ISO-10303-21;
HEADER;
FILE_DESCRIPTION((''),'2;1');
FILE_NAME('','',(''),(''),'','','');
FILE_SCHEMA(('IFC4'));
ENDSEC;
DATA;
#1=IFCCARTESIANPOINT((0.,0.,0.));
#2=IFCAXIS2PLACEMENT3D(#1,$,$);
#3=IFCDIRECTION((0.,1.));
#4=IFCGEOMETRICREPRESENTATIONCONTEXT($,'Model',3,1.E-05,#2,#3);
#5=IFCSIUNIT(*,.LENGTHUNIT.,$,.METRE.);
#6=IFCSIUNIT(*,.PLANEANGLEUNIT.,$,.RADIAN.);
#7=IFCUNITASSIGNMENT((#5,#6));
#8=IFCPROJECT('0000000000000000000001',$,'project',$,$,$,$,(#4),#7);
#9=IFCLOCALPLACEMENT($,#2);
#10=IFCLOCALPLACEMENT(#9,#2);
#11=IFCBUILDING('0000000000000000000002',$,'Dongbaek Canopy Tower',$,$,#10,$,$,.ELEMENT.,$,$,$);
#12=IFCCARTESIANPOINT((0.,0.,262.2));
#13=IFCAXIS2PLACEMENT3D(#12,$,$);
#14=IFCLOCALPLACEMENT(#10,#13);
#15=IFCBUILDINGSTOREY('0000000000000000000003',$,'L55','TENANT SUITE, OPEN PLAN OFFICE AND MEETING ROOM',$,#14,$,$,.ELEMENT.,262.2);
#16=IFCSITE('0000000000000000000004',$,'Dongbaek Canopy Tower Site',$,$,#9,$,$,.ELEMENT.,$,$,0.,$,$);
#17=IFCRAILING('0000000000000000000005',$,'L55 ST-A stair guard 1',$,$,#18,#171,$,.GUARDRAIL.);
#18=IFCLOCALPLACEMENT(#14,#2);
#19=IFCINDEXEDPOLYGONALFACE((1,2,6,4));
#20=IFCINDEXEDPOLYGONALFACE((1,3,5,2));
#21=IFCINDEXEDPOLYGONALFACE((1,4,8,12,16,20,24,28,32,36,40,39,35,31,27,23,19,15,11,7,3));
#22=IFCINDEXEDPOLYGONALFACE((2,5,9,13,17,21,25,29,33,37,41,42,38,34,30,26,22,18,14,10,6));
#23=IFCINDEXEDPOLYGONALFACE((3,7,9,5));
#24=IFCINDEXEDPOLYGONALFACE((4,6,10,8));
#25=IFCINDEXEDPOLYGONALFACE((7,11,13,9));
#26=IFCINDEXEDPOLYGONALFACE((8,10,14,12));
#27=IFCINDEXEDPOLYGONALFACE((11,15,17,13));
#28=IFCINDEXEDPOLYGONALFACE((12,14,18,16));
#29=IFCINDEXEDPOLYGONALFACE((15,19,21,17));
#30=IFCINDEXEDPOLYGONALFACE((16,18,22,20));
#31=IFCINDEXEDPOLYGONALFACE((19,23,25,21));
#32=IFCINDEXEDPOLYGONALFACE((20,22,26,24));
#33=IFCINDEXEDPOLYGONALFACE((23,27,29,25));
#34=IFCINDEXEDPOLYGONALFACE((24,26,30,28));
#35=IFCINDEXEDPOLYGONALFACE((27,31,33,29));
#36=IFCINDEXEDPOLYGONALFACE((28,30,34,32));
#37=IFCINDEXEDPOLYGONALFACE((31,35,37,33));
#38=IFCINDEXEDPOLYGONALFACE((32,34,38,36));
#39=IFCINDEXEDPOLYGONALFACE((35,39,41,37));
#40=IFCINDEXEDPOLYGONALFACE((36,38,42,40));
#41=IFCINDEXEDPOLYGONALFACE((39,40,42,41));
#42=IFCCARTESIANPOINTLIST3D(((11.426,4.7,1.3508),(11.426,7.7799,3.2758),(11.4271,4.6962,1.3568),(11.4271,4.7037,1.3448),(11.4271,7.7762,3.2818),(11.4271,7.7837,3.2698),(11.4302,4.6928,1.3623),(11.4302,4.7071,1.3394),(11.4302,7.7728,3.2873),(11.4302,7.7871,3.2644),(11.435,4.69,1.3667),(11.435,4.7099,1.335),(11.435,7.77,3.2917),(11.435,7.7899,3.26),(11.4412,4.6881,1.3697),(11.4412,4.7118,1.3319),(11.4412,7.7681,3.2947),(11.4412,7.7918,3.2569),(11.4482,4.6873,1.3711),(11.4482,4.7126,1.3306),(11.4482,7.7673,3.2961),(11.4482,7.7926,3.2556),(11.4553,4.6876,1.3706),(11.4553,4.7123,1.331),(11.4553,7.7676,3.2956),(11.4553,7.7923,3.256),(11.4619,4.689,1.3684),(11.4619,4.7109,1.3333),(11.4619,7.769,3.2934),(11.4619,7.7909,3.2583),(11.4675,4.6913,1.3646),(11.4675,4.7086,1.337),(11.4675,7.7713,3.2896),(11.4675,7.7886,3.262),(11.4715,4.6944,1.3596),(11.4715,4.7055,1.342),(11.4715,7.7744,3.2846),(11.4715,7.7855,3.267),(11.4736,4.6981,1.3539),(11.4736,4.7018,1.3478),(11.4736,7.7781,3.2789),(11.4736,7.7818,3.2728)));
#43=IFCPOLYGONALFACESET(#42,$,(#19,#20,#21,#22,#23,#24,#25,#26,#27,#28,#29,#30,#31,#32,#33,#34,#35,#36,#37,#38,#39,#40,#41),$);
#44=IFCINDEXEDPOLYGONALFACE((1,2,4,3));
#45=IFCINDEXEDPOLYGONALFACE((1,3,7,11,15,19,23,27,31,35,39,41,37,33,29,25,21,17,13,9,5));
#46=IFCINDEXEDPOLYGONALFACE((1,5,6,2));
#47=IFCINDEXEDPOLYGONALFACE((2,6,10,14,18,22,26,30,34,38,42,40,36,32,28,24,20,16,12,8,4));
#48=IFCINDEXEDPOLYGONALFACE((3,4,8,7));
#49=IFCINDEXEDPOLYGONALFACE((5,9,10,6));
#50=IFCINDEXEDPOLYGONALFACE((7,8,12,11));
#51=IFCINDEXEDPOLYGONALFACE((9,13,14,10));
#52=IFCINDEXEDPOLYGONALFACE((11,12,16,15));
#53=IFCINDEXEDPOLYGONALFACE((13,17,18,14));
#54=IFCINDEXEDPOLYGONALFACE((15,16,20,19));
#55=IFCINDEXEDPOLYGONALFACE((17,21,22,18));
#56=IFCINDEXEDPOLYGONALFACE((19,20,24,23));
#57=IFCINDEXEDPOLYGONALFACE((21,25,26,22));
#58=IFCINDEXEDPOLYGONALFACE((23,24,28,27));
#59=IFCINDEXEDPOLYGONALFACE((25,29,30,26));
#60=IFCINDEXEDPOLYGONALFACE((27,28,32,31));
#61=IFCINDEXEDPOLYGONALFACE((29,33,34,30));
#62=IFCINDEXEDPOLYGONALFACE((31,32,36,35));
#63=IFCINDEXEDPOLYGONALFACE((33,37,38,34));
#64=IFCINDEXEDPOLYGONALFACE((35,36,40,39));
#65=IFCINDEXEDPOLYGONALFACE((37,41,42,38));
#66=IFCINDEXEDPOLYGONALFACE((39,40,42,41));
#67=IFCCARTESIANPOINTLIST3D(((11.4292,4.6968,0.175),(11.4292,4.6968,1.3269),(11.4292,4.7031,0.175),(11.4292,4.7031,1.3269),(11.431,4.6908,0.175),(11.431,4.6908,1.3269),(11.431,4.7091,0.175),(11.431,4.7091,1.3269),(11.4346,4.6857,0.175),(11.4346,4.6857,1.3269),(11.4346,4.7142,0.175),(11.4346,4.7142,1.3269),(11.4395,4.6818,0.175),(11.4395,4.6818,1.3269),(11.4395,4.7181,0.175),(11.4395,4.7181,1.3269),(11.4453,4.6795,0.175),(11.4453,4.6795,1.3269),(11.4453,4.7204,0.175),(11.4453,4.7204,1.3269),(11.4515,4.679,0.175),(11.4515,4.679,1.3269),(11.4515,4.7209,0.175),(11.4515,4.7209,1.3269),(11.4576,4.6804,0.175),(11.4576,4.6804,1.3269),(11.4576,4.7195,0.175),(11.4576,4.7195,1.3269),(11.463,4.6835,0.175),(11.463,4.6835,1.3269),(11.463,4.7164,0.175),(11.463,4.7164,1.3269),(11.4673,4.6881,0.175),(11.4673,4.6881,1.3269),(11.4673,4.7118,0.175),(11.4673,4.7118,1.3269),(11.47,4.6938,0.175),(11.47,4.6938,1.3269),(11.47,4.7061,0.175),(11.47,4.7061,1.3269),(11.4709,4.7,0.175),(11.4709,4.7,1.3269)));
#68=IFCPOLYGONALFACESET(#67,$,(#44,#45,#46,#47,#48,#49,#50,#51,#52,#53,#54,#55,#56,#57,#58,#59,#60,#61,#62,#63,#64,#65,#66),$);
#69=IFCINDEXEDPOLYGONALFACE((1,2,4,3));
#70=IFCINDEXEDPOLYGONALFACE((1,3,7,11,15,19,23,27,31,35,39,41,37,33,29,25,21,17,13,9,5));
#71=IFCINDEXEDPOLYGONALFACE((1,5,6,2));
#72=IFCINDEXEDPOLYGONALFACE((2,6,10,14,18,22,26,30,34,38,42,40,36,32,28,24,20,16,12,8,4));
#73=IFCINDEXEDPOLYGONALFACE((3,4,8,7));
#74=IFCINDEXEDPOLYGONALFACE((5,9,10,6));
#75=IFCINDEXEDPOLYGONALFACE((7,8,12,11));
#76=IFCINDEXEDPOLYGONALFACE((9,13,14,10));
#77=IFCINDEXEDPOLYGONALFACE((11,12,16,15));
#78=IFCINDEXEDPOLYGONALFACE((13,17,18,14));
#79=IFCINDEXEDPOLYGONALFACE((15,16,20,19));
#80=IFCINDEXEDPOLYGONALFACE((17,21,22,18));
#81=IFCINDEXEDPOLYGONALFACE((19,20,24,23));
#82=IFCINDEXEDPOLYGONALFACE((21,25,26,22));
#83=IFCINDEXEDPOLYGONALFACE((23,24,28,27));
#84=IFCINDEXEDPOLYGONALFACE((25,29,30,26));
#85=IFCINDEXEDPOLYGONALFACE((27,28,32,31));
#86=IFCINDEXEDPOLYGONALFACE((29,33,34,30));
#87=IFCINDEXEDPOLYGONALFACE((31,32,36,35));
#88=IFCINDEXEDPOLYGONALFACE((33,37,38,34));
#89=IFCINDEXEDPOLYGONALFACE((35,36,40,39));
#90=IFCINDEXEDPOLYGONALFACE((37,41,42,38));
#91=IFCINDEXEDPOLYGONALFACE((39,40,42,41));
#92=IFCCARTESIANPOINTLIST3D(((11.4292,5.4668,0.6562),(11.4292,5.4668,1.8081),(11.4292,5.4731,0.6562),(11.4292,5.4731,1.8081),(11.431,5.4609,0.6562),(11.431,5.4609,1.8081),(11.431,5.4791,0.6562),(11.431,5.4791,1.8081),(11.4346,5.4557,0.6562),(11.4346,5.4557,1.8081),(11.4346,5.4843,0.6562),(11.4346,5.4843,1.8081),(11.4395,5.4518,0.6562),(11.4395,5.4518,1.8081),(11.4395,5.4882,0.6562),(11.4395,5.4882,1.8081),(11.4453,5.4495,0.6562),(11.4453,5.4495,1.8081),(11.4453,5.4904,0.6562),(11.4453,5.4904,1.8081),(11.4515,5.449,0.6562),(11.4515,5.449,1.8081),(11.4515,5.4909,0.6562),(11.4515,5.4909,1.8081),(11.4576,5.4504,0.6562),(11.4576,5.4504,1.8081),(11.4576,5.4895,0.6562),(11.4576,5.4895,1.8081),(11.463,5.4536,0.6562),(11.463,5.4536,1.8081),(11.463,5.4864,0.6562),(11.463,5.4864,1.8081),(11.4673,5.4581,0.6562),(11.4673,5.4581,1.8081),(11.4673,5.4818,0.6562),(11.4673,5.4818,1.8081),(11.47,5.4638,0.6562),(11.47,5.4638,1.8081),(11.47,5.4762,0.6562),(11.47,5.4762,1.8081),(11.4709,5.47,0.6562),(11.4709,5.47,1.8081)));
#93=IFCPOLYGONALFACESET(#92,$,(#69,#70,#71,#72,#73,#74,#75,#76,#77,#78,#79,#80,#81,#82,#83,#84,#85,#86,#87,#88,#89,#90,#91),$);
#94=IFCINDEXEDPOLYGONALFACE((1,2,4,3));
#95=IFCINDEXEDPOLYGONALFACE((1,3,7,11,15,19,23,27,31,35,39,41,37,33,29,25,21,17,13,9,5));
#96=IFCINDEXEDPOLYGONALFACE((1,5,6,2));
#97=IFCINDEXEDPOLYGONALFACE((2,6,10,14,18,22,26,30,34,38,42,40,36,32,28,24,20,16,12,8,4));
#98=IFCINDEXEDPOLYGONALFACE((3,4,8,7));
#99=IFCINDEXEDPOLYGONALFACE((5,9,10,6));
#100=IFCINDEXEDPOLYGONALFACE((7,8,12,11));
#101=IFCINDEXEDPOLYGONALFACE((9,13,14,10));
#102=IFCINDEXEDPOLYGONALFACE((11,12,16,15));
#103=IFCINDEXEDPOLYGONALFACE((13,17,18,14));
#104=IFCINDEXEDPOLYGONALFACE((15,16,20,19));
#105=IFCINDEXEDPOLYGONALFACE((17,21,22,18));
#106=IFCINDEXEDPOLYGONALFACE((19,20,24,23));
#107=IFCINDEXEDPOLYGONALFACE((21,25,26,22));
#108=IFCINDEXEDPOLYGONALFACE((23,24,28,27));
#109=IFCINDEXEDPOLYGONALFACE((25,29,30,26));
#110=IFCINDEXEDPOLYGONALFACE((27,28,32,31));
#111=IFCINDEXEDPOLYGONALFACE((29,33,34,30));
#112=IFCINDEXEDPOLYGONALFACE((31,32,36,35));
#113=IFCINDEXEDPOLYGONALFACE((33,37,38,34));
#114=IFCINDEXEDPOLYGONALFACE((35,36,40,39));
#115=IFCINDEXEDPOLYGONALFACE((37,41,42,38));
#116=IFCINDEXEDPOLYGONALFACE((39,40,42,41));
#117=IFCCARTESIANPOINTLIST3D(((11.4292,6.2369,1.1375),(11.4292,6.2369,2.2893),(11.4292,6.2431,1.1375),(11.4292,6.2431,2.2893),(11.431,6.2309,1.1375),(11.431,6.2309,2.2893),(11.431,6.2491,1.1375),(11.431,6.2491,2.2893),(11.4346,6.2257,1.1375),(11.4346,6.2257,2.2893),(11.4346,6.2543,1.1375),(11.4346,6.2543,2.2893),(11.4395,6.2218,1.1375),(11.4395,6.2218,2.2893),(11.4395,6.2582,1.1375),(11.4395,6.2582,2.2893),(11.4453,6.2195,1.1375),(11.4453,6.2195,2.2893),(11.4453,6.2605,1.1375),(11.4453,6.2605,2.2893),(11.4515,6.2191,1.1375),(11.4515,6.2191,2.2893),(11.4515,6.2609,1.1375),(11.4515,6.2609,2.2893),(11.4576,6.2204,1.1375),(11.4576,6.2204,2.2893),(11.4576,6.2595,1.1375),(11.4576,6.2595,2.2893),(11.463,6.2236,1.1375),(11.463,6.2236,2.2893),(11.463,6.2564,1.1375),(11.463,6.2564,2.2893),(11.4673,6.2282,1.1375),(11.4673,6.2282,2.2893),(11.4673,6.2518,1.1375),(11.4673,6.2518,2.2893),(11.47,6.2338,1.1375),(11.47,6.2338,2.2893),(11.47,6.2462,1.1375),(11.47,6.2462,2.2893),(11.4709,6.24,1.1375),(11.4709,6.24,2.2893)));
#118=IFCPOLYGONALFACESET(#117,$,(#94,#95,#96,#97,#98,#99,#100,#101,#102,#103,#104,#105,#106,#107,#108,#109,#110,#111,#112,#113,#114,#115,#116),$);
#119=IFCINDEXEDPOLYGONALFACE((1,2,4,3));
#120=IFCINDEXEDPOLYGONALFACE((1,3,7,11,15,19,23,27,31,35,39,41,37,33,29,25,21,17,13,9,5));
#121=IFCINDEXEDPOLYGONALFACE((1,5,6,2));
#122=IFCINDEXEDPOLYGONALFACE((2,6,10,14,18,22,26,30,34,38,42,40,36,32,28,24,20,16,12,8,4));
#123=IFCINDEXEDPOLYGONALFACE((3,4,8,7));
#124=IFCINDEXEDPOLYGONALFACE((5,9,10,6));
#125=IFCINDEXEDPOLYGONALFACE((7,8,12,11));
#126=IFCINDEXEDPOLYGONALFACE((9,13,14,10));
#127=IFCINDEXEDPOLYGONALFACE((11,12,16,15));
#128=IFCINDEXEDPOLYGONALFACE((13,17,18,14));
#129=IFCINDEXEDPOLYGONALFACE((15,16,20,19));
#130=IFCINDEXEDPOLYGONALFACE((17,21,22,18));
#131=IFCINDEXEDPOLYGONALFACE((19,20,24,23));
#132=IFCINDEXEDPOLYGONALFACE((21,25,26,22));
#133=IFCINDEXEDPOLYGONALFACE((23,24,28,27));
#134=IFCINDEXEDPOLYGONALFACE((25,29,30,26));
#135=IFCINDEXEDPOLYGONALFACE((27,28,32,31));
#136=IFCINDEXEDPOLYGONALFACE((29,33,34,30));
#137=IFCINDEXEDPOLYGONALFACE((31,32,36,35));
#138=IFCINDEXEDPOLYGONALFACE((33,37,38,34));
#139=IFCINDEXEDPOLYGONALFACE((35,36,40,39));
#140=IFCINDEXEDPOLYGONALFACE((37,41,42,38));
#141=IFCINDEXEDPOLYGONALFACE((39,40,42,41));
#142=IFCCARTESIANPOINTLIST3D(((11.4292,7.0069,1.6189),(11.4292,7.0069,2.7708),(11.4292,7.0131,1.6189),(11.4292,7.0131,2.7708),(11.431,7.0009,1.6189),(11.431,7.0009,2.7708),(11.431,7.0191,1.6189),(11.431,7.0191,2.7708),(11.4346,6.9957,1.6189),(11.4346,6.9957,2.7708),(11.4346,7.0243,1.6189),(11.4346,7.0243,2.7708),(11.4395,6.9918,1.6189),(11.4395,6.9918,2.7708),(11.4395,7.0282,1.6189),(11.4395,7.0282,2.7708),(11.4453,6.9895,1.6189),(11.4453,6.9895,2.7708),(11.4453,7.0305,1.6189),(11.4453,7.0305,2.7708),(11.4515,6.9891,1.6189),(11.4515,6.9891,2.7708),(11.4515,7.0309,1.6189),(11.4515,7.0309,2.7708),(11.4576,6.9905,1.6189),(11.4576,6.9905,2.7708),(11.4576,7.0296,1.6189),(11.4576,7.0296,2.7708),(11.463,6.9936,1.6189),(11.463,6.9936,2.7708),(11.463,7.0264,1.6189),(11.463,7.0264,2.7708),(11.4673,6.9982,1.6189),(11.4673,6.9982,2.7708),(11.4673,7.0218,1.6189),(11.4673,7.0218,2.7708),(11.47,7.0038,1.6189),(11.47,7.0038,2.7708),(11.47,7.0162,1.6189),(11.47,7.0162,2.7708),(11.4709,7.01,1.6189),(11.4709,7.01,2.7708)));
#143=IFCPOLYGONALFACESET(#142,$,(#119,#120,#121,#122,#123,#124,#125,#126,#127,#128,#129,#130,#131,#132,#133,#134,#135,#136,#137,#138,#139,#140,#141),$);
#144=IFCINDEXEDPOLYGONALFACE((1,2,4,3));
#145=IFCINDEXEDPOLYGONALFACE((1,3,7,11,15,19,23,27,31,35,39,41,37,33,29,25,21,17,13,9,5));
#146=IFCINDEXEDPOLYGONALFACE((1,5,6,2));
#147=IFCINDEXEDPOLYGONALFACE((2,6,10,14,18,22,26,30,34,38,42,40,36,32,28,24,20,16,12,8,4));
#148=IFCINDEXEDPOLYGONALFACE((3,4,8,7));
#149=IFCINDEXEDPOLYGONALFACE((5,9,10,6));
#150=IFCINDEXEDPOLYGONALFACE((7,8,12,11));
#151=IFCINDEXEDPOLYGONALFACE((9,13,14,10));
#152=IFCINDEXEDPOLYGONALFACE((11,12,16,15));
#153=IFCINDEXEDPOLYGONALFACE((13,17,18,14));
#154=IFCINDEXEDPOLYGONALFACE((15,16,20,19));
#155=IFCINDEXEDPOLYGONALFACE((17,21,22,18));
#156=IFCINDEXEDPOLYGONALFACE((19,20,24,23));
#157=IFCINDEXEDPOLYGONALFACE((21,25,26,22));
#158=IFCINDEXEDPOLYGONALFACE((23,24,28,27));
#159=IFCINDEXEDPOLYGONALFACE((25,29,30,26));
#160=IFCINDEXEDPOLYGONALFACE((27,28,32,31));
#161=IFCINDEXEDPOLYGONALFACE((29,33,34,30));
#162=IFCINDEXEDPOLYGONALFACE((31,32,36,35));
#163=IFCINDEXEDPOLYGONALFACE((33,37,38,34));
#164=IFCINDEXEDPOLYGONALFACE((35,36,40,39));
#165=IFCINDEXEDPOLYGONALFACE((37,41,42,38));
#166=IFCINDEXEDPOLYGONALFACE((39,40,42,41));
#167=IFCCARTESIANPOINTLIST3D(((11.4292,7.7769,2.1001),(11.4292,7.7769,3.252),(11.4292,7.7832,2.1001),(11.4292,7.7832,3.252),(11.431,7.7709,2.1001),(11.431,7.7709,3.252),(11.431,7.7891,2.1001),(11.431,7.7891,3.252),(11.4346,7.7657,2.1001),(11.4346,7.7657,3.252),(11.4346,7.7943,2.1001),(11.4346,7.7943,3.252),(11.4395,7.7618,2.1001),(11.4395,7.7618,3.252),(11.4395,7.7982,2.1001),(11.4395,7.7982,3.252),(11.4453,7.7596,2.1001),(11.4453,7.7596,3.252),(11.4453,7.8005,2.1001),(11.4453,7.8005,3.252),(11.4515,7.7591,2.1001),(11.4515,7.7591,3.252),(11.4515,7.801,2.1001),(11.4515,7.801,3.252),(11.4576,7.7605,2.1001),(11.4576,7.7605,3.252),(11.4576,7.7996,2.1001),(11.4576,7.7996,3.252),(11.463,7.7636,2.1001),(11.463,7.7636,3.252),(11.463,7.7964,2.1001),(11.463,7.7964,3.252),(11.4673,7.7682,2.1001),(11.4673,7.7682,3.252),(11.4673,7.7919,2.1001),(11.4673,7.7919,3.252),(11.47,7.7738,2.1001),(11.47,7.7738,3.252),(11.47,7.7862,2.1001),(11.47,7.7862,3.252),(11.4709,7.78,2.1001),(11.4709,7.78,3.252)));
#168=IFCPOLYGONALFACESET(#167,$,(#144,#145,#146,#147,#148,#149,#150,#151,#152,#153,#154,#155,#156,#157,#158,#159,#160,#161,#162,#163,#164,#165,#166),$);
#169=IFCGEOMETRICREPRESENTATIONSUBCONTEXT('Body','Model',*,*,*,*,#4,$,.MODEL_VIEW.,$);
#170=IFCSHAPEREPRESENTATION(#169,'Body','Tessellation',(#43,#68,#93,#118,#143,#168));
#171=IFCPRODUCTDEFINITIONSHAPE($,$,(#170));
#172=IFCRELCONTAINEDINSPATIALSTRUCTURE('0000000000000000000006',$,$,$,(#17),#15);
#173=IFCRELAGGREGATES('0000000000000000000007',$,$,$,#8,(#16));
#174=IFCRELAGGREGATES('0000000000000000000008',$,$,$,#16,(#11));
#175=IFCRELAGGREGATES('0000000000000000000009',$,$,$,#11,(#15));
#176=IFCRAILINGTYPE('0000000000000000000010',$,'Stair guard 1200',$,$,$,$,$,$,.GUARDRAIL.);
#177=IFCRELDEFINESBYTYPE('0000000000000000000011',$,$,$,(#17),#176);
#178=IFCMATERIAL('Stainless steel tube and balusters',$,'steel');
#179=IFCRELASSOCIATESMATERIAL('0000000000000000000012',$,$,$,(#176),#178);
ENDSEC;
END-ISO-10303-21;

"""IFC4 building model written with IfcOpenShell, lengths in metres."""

from ifc_helpers import new_model, si_unit, direction, frame, origin, origin_2d, place, context, subcontext, project, spatial, circle, extrude, material, type_object, element, save


model = new_model("IFC4")

# Units and contexts
model_context = context("Model", 3, precision=1e-05, world=origin(), true_north=direction((0.0, 1.0)))
body_context = subcontext(model_context, "Body", "Model", "MODEL_VIEW")
ifc_project = project(units=[si_unit("LENGTHUNIT", "METRE"), si_unit("PLANEANGLEUNIT", "RADIAN")], contexts=[model_context])

# Site, building, storey
site_placement = place(None, origin())
site = spatial("IfcSite", under=ifc_project, at=site_placement, Name="Dongbaek Canopy Tower Site", CompositionType="ELEMENT", RefElevation=0.0)
building_placement = place(site_placement, origin())
building = spatial("IfcBuilding", under=site, at=building_placement, Name="Dongbaek Canopy Tower", CompositionType="ELEMENT")
storey_placement = place(building_placement, frame((0.0, 0.0, 262.2)))
storey = spatial("IfcBuildingStorey", under=building, at=storey_placement, Name="L55", Description="TENANT SUITE, OPEN PLAN OFFICE AND MEETING ROOM", CompositionType="ELEMENT", Elevation=262.2)

# Railing
ifc_material_1 = material(Name="Stainless steel tube and balusters", Category="steel")
railing_type_1 = type_object("IfcRailingType", Name="Stair guard 1200", PredefinedType="GUARDRAIL", material=ifc_material_1)
railing_1_placement = place(storey_placement, frame((11.45, 4.7, 0.175)))
element("IfcRailing", 1, at=railing_1_placement, inside=storey, type_object=railing_type_1, Name="L55 ST-A stair guard 1", PredefinedType="GUARDRAIL", context=body_context, shape_type="SweptSolid", body=[
    extrude(circle(Radius=0.0239, at=origin_2d()), frame((0.0, 0.0, 1.1758), z_axis=(0.0, 0.847998, 0.529999), x_axis=(-1.0, 0.0, 0.0)), (0.0, 0.0, 1.0), 3.6321),
    extrude(circle(Radius=0.021, at=origin_2d()), origin(), (0.0, 0.0, 1.0), 1.1519),
    extrude(circle(Radius=0.021, at=origin_2d()), frame((0.0, 0.77, 0.4812)), (0.0, 0.0, 1.0), 1.1519),
    extrude(circle(Radius=0.021, at=origin_2d()), frame((0.0, 1.54, 0.9624)), (0.0, 0.0, 1.0), 1.1519),
    extrude(circle(Radius=0.021, at=origin_2d()), frame((0.0, 2.3101, 1.4438)), (0.0, 0.0, 1.0), 1.1519),
    extrude(circle(Radius=0.021, at=origin_2d()), frame((0.0, 3.0801, 1.925)), (0.0, 0.0, 1.0), 1.1519),
])

save(model, "model.ifc")
